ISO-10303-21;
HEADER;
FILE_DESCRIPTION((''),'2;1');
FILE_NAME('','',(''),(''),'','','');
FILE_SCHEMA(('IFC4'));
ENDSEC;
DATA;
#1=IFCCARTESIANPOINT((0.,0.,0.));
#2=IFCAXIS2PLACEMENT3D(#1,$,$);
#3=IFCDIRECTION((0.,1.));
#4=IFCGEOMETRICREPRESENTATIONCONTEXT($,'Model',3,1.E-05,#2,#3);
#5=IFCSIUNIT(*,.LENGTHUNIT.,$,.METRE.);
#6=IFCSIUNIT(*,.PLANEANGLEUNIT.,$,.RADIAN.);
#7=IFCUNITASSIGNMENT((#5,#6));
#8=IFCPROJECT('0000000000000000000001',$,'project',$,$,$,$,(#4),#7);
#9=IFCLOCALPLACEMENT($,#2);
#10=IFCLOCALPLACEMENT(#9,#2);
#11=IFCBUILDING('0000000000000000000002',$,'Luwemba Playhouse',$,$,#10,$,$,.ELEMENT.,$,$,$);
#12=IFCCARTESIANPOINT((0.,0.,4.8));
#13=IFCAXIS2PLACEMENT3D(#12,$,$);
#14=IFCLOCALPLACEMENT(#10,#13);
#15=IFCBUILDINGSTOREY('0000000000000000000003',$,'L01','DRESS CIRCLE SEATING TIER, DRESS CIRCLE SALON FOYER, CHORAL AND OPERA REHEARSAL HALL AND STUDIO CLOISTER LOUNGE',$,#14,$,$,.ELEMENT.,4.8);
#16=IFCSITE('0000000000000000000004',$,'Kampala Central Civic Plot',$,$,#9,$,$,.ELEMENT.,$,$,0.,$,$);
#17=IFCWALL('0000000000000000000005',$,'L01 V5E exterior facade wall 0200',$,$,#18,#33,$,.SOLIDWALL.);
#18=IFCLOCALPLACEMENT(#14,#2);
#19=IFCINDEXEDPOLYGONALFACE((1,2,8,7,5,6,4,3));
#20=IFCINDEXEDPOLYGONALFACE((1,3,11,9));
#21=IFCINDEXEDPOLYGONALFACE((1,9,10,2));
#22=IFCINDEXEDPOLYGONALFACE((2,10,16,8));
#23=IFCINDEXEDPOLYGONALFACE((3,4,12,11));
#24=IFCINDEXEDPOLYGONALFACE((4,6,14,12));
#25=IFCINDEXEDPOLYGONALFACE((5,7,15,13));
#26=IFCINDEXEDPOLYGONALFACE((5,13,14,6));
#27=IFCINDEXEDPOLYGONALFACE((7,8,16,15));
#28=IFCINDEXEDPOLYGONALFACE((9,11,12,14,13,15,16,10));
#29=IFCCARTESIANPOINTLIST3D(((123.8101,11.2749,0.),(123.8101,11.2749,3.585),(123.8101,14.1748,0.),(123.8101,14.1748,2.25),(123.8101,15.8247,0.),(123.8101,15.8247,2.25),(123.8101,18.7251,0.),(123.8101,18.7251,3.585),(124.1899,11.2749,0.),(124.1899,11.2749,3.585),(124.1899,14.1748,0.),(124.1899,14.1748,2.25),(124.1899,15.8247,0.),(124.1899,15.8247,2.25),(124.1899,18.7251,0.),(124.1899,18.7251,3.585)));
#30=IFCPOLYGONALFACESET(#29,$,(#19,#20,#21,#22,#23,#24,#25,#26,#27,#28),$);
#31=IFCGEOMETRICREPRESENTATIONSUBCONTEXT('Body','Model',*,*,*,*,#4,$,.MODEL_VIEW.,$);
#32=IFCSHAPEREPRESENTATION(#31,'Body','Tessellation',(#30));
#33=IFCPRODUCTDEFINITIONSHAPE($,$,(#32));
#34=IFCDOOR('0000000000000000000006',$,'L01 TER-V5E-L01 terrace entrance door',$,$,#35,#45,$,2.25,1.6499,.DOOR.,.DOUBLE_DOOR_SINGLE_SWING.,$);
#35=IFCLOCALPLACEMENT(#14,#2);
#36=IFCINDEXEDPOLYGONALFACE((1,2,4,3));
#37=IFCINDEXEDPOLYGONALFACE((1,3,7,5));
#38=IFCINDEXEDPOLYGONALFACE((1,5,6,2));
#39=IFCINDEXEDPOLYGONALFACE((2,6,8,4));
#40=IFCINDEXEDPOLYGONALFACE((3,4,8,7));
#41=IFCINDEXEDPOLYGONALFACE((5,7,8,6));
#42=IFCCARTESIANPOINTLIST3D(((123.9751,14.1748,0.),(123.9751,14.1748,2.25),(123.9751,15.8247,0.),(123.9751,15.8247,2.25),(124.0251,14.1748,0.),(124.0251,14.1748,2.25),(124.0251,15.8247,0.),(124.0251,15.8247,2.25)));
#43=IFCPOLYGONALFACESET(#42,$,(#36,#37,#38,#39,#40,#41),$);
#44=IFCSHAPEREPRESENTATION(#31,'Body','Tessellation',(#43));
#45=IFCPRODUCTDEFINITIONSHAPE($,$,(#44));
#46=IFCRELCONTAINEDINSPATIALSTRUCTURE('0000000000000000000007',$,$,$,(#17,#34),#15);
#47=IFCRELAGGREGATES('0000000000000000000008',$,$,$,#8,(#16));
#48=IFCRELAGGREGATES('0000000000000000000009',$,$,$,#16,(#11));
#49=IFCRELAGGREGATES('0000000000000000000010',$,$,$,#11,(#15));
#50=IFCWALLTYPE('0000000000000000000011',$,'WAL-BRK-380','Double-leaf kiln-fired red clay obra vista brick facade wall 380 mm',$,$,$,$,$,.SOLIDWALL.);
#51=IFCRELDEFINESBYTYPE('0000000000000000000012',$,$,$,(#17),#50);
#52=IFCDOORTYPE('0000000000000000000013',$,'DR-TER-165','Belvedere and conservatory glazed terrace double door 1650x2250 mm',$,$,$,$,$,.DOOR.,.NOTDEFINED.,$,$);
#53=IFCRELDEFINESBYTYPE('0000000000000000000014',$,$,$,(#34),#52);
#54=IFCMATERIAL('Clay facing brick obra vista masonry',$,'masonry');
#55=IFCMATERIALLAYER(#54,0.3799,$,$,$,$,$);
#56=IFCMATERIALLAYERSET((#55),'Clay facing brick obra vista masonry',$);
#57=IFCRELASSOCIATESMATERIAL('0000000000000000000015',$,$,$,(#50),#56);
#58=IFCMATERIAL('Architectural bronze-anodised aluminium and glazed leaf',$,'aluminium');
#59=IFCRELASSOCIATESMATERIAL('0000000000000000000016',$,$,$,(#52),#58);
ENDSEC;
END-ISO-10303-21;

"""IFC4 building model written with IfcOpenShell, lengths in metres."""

from ifc_helpers import new_model, si_unit, direction, frame, frame_2d, origin, place, context, subcontext, project, spatial, rectangle, extrude, material, layer, layer_set, type_object, element, fill, save


model = new_model("IFC4")

# Units and contexts
model_context = context("Model", 3, precision=1e-05, world=origin(), true_north=direction((0.0, 1.0)))
body_context = subcontext(model_context, "Body", "Model", "MODEL_VIEW")
ifc_project = project(units=[si_unit("LENGTHUNIT", "METRE"), si_unit("PLANEANGLEUNIT", "RADIAN")], contexts=[model_context])

# Site, building, storey
site_placement = place(None, origin())
site = spatial("IfcSite", under=ifc_project, at=site_placement, Name="Kampala Central Civic Plot", CompositionType="ELEMENT", RefElevation=0.0)
building_placement = place(site_placement, origin())
building = spatial("IfcBuilding", under=site, at=building_placement, Name="Luwemba Playhouse", CompositionType="ELEMENT")
storey_placement = place(building_placement, frame((0.0, 0.0, 4.8)))
storey = spatial("IfcBuildingStorey", under=building, at=storey_placement, Name="L01", Description="DRESS CIRCLE SEATING TIER, DRESS CIRCLE SALON FOYER, CHORAL AND OPERA REHEARSAL HALL AND STUDIO CLOISTER LOUNGE", CompositionType="ELEMENT", Elevation=4.8)

# Wall, opening, door
ifc_material_1 = material(Name="Clay facing brick obra vista masonry", Category="masonry")
ifc_layer_1 = layer(ifc_material_1, 0.3799)
ifc_layer_set_1 = layer_set([ifc_layer_1], Name="Clay facing brick obra vista masonry")
wall_type = type_object("IfcWallType", Name="WAL-BRK-380", Description="Double-leaf kiln-fired red clay obra vista brick facade wall 380 mm", PredefinedType="SOLIDWALL", material=ifc_layer_set_1)
wall_placement = place(storey_placement, frame((124.0, 11.2749, 0.0), z_axis=(0.0, 0.0, 1.0), x_axis=(0.0, 1.0, 0.0)))
wall = element("IfcWall", 1, at=wall_placement, inside=storey, type_object=wall_type, Name="L01 V5E exterior facade wall 0200", PredefinedType="SOLIDWALL", context=body_context, shape_type="SweptSolid", body=[
    extrude(rectangle(XDim=7.4502, YDim=0.3799, at=frame_2d((3.7251, 0.0))), origin(), (0.0, 0.0, 1.0), 3.585),
])
opening_placement = place(wall_placement, frame((2.8999, 0.0, 0.0)))
opening = element("IfcOpeningElement", 2, at=opening_placement, cuts=wall, PredefinedType="OPENING", context=body_context, shape_type="SweptSolid", body=[
    extrude(rectangle(XDim=1.6499, YDim=2.25, at=frame_2d((0.825, 1.125))), frame((0.0, 0.2, 0.0), z_axis=(0.0, -1.0, 0.0), x_axis=(1.0, 0.0, 0.0)), (0.0, 0.0, 1.0), 0.3999),
])
ifc_material_2 = material(Name="Architectural bronze-anodised aluminium and glazed leaf", Category="aluminium")
door_type = type_object("IfcDoorType", Name="DR-TER-165", Description="Belvedere and conservatory glazed terrace double door 1650x2250 mm", OperationType="NOTDEFINED", PredefinedType="DOOR", material=ifc_material_2)
door_placement = place(opening_placement, origin())
door = element("IfcDoor", 3, at=door_placement, inside=storey, type_object=door_type, Name="L01 TER-V5E-L01 terrace entrance door", OperationType="DOUBLE_DOOR_SINGLE_SWING", OverallHeight=2.25, OverallWidth=1.6499, PredefinedType="DOOR", context=body_context, shape_type="SweptSolid", body=[
    extrude(rectangle(XDim=1.6499, YDim=2.25, at=frame_2d((0.825, 1.125))), frame((0.0, 0.0249, 0.0), z_axis=(0.0, -1.0, 0.0), x_axis=(1.0, 0.0, 0.0)), (0.0, 0.0, 1.0), 0.05),
])
fill(opening, door)

save(model, "model.ifc")
